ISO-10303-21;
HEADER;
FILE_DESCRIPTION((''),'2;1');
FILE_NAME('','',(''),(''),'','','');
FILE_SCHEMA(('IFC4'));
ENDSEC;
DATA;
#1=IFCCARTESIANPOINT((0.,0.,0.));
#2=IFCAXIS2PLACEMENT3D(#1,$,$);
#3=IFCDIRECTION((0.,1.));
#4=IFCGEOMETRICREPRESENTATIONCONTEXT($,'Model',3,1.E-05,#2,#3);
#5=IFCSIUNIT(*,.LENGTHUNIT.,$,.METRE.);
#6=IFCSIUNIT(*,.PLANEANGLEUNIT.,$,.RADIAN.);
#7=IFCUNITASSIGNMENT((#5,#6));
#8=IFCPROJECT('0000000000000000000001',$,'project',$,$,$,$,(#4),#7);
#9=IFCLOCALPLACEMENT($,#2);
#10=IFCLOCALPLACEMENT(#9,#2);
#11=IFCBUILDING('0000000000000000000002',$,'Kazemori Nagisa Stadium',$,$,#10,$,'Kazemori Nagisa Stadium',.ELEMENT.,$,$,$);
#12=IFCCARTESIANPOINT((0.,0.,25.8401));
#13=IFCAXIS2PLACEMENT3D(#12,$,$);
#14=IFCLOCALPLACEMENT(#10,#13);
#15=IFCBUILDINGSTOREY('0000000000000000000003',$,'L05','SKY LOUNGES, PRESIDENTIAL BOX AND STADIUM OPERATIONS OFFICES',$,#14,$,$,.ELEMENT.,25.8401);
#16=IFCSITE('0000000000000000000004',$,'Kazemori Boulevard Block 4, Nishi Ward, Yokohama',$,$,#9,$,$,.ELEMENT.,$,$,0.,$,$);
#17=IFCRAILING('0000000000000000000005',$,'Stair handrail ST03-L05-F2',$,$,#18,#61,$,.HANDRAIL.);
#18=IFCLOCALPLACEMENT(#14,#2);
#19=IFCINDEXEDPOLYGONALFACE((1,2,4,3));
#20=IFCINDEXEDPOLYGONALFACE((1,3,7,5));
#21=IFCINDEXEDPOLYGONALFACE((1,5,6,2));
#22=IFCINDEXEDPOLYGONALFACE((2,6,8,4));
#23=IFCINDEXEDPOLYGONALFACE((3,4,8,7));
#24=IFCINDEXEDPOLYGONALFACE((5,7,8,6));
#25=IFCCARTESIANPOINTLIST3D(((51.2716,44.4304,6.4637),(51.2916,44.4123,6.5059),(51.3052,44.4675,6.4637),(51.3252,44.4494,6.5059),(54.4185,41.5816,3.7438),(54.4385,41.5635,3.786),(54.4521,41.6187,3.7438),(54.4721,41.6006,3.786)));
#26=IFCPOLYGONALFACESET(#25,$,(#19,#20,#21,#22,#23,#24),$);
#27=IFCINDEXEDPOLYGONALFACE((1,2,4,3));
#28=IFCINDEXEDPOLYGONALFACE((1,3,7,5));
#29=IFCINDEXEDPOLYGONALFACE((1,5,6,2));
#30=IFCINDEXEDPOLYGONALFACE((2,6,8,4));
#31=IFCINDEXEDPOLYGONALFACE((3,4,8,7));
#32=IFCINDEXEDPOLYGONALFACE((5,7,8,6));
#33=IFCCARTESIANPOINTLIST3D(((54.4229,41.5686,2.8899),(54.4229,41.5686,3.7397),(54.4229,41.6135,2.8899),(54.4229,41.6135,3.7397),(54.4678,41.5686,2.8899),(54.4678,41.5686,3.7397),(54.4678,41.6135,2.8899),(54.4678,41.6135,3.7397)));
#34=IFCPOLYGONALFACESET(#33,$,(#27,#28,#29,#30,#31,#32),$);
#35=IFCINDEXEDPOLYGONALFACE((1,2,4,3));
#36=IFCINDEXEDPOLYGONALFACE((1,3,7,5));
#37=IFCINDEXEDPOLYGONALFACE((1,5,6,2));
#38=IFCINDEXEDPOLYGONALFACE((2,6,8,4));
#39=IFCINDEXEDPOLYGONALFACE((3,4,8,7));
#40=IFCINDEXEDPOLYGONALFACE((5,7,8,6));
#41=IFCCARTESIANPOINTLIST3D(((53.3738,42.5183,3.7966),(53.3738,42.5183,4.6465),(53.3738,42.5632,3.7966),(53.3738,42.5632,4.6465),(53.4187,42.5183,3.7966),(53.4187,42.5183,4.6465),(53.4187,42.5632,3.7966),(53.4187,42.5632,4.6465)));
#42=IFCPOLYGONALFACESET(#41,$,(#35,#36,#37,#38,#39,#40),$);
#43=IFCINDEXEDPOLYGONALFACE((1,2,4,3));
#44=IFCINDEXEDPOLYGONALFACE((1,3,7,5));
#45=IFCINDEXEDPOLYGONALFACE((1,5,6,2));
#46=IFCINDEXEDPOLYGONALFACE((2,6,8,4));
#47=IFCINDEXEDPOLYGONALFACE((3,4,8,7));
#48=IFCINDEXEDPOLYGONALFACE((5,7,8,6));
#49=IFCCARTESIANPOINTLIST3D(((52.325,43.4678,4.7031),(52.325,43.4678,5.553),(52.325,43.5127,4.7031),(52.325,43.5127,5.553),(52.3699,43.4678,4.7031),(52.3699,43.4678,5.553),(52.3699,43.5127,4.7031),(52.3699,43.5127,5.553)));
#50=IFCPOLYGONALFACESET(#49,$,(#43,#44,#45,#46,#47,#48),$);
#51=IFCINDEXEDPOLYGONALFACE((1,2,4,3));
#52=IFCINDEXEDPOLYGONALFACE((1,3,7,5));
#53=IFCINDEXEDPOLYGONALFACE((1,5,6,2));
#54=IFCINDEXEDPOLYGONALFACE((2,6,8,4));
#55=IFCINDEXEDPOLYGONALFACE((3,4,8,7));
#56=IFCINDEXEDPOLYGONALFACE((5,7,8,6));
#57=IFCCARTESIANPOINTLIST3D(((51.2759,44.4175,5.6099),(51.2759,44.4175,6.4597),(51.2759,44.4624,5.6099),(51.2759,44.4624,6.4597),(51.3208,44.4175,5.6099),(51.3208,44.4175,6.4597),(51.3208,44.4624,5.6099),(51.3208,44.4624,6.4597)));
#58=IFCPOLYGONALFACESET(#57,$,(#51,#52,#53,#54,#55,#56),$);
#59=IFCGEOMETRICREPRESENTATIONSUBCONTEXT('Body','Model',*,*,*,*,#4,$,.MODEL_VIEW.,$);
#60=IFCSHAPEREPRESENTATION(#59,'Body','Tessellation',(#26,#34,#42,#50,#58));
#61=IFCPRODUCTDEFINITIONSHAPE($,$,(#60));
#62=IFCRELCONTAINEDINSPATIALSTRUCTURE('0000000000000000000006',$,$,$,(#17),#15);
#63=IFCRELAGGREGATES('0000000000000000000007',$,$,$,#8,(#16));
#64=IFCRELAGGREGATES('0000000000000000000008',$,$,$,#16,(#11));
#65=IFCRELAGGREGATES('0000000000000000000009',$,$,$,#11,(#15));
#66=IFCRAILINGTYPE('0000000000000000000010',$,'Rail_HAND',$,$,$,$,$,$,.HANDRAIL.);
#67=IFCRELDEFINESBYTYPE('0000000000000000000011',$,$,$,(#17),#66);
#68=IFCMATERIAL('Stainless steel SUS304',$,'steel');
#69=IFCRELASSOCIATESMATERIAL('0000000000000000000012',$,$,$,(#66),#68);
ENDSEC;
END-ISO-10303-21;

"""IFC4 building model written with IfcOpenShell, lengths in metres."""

from ifc_helpers import new_model, si_unit, direction, frame, origin, origin_2d, place, context, subcontext, project, spatial, rectangle, extrude, material, type_object, element, save


model = new_model("IFC4")

# Units and contexts
model_context = context("Model", 3, precision=1e-05, world=origin(), true_north=direction((0.0, 1.0)))
body_context = subcontext(model_context, "Body", "Model", "MODEL_VIEW")
ifc_project = project(units=[si_unit("LENGTHUNIT", "METRE"), si_unit("PLANEANGLEUNIT", "RADIAN")], contexts=[model_context])

# Site, building, storey
site_placement = place(None, origin())
site = spatial("IfcSite", under=ifc_project, at=site_placement, Name="Kazemori Boulevard Block 4, Nishi Ward, Yokohama", CompositionType="ELEMENT", RefElevation=0.0)
building_placement = place(site_placement, origin())
building = spatial("IfcBuilding", under=site, at=building_placement, Name="Kazemori Nagisa Stadium", LongName="Kazemori Nagisa Stadium", CompositionType="ELEMENT")
storey_placement = place(building_placement, frame((0.0, 0.0, 25.8401)))
storey = spatial("IfcBuildingStorey", under=building, at=storey_placement, Name="L05", Description="SKY LOUNGES, PRESIDENTIAL BOX AND STADIUM OPERATIONS OFFICES", CompositionType="ELEMENT", Elevation=25.8401)

# Railing
ifc_material_1 = material(Name="Stainless steel SUS304", Category="steel")
railing_type_1 = type_object("IfcRailingType", Name="Rail_HAND", PredefinedType="HANDRAIL", material=ifc_material_1)
railing_1_placement = place(storey_placement, frame((54.4453, 41.5911, 2.8899)))
element("IfcRailing", 1, at=railing_1_placement, inside=storey, type_object=railing_type_1, Name="Stair handrail ST03-L05-F2", PredefinedType="HANDRAIL", context=body_context, shape_type="SweptSolid", body=[
    extrude(rectangle(XDim=0.05, YDim=0.05, at=origin_2d()), frame((0.0, 0.0, 0.875), z_axis=(-0.624201, 0.565073, 0.539505), x_axis=(-0.671123, -0.741346, 0.0)), (0.0, 0.0, 1.0), 5.0415),
    extrude(rectangle(XDim=0.0449, YDim=0.0449, at=origin_2d()), origin(), (0.0, 0.0, 1.0), 0.8499),
    extrude(rectangle(XDim=0.0449, YDim=0.0449, at=origin_2d()), frame((-1.0491, 0.9497, 0.9067)), (0.0, 0.0, 1.0), 0.8499),
    extrude(rectangle(XDim=0.0449, YDim=0.0449, at=origin_2d()), frame((-2.0979, 1.8992, 1.8132)), (0.0, 0.0, 1.0), 0.8499),
    extrude(rectangle(XDim=0.0449, YDim=0.0449, at=origin_2d()), frame((-3.147, 2.8489, 2.72)), (0.0, 0.0, 1.0), 0.8499),
])

save(model, "model.ifc")
